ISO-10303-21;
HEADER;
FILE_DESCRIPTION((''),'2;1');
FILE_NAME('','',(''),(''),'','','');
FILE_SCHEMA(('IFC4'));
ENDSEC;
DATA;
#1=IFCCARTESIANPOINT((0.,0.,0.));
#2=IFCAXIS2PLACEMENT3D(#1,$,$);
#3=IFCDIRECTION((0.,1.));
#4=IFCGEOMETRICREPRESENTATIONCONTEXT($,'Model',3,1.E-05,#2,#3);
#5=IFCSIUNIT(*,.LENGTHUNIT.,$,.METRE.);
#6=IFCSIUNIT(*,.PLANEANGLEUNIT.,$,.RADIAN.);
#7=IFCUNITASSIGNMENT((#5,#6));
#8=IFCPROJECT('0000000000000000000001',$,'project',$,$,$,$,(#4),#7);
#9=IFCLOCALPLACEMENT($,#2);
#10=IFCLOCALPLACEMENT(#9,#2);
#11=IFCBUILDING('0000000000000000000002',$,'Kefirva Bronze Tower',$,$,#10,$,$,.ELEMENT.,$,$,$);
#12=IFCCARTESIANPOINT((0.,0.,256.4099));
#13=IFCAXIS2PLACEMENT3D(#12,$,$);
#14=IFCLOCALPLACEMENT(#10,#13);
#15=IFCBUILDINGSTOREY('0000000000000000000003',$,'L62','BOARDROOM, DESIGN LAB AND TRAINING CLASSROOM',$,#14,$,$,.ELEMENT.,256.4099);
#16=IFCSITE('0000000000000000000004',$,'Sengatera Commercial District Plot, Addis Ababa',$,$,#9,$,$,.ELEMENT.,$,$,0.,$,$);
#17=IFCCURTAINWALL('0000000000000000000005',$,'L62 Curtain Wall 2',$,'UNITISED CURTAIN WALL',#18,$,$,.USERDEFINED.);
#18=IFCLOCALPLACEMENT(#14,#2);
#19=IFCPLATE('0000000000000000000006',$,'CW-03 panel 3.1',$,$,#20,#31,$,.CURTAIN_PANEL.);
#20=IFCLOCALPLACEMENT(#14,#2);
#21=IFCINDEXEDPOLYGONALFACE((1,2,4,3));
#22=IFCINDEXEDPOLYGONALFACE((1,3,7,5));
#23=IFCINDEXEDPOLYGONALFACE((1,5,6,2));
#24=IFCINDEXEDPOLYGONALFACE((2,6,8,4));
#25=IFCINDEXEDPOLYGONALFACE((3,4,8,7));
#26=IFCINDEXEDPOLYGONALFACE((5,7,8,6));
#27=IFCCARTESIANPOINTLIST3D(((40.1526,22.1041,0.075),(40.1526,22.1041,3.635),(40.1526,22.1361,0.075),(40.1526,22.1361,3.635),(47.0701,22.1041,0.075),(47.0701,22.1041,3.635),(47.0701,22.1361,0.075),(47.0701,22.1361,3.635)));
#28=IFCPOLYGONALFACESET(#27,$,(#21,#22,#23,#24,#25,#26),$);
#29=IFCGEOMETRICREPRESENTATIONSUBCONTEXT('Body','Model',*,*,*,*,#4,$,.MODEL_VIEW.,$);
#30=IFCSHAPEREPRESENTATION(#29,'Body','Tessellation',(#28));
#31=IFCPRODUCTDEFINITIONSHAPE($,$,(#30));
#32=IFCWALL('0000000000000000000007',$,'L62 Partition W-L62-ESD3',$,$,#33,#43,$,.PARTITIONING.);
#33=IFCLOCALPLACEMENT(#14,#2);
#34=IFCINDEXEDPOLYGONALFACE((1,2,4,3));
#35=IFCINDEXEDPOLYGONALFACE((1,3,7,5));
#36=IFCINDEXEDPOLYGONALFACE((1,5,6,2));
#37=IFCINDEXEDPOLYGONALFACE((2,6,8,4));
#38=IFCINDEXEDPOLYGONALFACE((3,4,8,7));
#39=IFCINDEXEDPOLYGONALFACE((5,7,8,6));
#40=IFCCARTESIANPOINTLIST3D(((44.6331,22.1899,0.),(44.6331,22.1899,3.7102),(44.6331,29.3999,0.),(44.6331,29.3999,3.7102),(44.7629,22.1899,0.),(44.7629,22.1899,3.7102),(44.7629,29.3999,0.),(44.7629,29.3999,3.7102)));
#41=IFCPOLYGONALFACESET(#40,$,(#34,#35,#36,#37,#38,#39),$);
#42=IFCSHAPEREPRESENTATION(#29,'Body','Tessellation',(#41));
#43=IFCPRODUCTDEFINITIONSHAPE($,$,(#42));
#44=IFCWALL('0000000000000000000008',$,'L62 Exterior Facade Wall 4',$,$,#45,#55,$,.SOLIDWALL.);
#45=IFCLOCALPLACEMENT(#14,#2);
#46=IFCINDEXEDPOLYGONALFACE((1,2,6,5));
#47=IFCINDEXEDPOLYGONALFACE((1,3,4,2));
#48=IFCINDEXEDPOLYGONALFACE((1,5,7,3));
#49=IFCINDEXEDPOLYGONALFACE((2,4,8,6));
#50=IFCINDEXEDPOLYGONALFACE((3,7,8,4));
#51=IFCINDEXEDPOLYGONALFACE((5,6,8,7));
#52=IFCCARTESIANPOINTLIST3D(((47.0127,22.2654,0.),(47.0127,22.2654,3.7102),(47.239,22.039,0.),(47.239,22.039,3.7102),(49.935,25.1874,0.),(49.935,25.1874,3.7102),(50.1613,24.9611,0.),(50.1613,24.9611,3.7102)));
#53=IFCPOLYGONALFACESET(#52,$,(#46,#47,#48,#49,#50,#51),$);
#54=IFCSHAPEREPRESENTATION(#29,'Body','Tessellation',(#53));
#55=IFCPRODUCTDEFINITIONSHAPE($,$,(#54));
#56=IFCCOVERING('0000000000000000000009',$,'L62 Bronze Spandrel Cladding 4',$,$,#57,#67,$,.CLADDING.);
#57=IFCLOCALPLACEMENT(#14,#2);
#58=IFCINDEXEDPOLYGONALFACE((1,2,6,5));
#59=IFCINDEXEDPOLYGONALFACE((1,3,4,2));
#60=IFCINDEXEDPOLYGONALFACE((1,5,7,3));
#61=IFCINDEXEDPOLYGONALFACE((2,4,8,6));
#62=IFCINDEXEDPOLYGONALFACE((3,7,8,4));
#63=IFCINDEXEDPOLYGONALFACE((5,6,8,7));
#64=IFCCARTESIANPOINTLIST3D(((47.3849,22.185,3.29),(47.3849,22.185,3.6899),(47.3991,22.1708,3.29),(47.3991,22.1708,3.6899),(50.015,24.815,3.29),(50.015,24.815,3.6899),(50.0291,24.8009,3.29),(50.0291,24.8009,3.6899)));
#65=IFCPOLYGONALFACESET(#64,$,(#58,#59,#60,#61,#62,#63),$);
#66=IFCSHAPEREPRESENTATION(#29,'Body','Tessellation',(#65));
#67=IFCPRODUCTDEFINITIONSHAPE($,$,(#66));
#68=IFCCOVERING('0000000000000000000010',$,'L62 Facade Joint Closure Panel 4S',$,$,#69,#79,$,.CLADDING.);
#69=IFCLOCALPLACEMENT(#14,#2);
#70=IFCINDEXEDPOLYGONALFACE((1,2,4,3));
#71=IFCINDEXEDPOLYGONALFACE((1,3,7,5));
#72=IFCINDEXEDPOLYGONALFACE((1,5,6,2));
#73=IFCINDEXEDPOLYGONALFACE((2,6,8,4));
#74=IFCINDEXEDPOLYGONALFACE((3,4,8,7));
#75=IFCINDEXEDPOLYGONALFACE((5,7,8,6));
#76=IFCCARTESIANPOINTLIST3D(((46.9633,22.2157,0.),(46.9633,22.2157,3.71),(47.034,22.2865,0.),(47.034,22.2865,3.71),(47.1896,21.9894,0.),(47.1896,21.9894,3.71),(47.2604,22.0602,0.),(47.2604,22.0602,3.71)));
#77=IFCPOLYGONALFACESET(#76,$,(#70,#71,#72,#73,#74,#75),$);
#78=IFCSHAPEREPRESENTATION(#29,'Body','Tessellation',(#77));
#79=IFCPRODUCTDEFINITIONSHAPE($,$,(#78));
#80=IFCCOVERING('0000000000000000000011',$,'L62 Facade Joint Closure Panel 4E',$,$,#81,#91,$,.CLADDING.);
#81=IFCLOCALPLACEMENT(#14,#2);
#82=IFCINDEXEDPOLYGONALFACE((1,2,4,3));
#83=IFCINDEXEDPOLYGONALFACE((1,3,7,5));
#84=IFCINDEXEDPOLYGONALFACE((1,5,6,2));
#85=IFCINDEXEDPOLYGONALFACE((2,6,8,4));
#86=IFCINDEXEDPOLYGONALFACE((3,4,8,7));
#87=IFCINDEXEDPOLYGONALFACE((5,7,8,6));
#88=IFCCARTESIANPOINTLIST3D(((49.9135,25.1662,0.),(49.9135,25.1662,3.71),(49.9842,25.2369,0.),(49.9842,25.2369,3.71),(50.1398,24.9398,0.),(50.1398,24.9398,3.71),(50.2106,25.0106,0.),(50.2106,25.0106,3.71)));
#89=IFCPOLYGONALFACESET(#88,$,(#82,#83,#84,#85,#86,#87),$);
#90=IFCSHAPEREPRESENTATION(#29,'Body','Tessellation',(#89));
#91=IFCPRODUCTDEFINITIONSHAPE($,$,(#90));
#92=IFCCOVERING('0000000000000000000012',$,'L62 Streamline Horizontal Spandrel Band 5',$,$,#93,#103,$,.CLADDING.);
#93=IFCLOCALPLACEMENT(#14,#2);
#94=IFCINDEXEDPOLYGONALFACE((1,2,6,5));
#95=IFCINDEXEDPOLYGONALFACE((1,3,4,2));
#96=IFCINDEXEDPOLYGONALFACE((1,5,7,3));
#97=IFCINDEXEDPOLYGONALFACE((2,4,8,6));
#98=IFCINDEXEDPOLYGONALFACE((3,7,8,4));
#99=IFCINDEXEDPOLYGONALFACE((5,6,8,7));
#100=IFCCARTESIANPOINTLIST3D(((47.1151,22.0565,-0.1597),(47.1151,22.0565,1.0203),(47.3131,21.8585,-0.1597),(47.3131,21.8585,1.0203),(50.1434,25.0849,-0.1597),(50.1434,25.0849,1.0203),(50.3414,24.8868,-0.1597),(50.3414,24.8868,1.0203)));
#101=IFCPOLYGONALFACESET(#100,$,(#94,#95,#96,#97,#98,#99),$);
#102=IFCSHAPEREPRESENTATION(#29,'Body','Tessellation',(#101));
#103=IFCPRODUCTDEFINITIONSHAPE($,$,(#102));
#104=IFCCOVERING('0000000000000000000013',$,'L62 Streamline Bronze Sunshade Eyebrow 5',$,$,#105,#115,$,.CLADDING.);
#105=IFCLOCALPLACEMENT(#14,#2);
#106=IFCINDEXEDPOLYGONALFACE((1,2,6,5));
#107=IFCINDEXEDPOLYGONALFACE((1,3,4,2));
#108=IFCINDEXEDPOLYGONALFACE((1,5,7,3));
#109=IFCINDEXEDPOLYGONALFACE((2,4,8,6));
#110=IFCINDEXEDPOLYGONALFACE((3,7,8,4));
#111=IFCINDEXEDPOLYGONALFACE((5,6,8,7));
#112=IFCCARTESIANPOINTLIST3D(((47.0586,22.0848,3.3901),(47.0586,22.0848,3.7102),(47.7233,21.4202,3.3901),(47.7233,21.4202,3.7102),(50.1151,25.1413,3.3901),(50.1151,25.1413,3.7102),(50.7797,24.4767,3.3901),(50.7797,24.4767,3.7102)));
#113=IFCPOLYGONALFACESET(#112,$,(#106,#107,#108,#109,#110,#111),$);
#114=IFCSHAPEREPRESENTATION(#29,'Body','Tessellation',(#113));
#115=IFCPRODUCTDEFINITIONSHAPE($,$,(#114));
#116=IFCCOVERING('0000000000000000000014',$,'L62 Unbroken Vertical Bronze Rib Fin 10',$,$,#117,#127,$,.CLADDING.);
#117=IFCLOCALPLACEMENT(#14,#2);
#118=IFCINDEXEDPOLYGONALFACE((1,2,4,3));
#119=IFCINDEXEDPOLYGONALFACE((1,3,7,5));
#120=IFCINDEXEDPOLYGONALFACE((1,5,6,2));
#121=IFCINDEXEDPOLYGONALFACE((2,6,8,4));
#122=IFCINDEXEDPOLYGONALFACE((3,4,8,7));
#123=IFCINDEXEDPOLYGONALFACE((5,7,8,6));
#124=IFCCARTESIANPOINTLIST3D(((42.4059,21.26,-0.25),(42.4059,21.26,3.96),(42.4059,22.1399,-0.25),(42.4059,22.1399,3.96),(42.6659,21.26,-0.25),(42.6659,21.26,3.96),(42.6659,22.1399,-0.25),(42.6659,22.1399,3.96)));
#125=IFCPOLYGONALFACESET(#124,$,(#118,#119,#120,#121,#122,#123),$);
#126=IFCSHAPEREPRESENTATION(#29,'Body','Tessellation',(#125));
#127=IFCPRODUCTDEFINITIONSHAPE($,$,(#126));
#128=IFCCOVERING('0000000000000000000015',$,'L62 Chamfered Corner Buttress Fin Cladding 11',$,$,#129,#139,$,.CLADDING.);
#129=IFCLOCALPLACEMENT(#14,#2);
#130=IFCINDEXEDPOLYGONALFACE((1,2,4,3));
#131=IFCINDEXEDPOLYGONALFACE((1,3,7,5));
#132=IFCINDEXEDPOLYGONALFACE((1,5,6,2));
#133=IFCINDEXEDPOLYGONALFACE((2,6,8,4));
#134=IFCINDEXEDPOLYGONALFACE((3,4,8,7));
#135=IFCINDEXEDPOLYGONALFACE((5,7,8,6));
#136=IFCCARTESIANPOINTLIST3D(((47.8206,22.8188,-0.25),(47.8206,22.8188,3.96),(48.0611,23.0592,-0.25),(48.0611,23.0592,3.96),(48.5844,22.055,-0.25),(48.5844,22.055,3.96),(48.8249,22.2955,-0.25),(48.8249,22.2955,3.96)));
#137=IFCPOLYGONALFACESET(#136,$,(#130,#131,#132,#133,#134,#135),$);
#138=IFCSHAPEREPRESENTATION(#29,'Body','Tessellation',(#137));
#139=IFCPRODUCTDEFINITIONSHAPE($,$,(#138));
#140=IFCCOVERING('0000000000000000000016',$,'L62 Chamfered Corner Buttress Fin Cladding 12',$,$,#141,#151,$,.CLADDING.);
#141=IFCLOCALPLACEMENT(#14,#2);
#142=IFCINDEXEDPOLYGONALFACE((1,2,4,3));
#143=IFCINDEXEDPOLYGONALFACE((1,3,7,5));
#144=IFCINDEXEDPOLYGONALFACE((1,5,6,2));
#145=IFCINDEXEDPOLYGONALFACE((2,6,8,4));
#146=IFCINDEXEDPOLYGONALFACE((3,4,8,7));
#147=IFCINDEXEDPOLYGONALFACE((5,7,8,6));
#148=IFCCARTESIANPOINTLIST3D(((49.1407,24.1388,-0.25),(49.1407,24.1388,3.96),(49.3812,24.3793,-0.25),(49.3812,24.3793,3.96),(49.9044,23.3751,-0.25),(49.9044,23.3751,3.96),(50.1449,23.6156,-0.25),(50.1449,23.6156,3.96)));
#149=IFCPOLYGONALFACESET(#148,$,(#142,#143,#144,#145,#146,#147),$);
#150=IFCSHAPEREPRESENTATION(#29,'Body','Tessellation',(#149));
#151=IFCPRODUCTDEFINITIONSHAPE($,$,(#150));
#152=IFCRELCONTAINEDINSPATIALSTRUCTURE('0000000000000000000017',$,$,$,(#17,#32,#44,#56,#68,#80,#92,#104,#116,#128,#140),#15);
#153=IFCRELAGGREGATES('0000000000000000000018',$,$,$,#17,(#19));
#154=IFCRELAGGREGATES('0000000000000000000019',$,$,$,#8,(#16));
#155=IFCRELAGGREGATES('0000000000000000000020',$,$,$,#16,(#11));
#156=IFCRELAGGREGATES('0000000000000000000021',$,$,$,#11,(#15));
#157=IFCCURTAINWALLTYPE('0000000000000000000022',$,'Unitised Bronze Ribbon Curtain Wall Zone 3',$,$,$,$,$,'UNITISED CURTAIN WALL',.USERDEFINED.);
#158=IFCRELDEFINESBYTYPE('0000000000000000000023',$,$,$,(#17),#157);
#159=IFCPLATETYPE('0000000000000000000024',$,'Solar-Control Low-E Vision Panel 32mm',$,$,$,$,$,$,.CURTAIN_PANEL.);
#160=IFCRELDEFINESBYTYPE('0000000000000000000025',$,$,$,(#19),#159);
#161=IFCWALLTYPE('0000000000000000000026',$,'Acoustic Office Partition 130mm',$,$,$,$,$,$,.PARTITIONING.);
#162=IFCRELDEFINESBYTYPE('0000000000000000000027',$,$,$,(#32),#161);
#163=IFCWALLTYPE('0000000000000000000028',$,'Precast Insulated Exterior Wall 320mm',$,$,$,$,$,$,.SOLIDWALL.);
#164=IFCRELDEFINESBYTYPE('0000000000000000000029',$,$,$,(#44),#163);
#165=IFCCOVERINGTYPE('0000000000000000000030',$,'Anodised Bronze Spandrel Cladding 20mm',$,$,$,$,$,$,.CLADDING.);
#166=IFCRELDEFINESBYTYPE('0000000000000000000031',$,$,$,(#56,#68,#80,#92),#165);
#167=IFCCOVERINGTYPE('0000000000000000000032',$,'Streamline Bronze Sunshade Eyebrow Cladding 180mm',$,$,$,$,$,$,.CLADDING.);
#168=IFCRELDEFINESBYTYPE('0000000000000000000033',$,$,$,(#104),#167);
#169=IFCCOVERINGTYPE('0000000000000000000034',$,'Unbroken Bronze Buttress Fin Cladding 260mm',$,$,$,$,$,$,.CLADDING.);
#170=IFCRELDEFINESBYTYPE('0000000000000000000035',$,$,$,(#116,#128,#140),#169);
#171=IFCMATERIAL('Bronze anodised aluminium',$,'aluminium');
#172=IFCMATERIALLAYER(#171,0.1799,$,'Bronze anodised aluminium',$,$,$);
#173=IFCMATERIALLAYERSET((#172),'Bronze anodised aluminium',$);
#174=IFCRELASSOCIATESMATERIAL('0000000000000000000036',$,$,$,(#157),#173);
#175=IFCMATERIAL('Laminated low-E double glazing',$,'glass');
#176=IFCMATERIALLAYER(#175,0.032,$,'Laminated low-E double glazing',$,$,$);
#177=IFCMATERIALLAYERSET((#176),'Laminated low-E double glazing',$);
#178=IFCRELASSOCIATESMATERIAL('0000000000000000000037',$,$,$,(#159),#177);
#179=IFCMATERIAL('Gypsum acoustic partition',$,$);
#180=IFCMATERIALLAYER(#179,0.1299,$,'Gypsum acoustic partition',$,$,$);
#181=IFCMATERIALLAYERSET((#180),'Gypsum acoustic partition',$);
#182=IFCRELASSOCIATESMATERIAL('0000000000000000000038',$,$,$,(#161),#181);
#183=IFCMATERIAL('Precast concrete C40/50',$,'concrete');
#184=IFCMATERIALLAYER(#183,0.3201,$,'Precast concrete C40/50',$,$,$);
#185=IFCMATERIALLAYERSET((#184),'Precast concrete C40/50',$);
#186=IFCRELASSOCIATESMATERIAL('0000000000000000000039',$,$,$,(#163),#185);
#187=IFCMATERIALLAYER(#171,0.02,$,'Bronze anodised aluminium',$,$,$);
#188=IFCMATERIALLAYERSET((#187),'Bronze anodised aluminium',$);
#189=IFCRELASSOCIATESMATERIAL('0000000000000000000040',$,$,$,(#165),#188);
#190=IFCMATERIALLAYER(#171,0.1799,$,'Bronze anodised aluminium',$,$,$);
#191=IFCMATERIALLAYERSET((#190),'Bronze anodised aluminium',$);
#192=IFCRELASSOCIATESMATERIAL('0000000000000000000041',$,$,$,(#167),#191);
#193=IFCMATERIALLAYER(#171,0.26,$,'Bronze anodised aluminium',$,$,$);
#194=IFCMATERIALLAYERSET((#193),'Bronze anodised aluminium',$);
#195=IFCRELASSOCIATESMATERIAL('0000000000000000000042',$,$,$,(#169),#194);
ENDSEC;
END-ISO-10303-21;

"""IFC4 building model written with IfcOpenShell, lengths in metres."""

from ifc_helpers import new_model, si_unit, direction, frame, frame_2d, origin, origin_2d, place, context, subcontext, project, spatial, rectangle, extrude, material, layer, layer_set, type_object, element, aggregate, save


model = new_model("IFC4")

# Units and contexts
model_context = context("Model", 3, precision=1e-05, world=origin(), true_north=direction((0.0, 1.0)))
body_context = subcontext(model_context, "Body", "Model", "MODEL_VIEW")
ifc_project = project(units=[si_unit("LENGTHUNIT", "METRE"), si_unit("PLANEANGLEUNIT", "RADIAN")], contexts=[model_context])

# Site, building, storey
site_placement = place(None, origin())
site = spatial("IfcSite", under=ifc_project, at=site_placement, Name="Sengatera Commercial District Plot, Addis Ababa", CompositionType="ELEMENT", RefElevation=0.0)
building_placement = place(site_placement, origin())
building = spatial("IfcBuilding", under=site, at=building_placement, Name="Kefirva Bronze Tower", CompositionType="ELEMENT")
storey_placement = place(building_placement, frame((0.0, 0.0, 256.4099)))
storey = spatial("IfcBuildingStorey", under=building, at=storey_placement, Name="L62", Description="BOARDROOM, DESIGN LAB AND TRAINING CLASSROOM", CompositionType="ELEMENT", Elevation=256.4099)

# Curtain wall
ifc_material_1 = material(Name="Bronze anodised aluminium", Category="aluminium")
ifc_layer_1 = layer(ifc_material_1, 0.1799, Name="Bronze anodised aluminium")
ifc_layer_set_1 = layer_set([ifc_layer_1], Name="Bronze anodised aluminium")
curtain_wall_type = type_object("IfcCurtainWallType", Name="Unitised Bronze Ribbon Curtain Wall Zone 3", ElementType="UNITISED CURTAIN WALL", PredefinedType="USERDEFINED", material=ifc_layer_set_1)
curtain_wall_1_placement = place(storey_placement, origin())
curtain_wall_1 = element("IfcCurtainWall", 1, at=curtain_wall_1_placement, inside=storey, type_object=curtain_wall_type, Name="L62 Curtain Wall 2", ObjectType="UNITISED CURTAIN WALL", PredefinedType="USERDEFINED")

# Plate
ifc_material_2 = material(Name="Laminated low-E double glazing", Category="glass")
ifc_layer_2 = layer(ifc_material_2, 0.032, Name="Laminated low-E double glazing")
ifc_layer_set_2 = layer_set([ifc_layer_2], Name="Laminated low-E double glazing")
plate_type = type_object("IfcPlateType", Name="Solar-Control Low-E Vision Panel 32mm", PredefinedType="CURTAIN_PANEL", material=ifc_layer_set_2)
plate_placement = place(storey_placement, frame((43.6113, 22.1201, 0.075), z_axis=(0.0, 0.0, 1.0), x_axis=(1.0, 0.0, 0.0)))
plate = element("IfcPlate", 2, at=plate_placement, type_object=plate_type, Name="CW-03 panel 3.1", PredefinedType="CURTAIN_PANEL", context=body_context, shape_type="SweptSolid", body=[
    extrude(rectangle(XDim=6.9175, YDim=0.032, at=origin_2d()), origin(), (0.0, 0.0, 1.0), 3.5601),
])
aggregate(curtain_wall_1, [plate])

# Walls
ifc_material_3 = material(Name="Gypsum acoustic partition")
ifc_layer_3 = layer(ifc_material_3, 0.1299, Name="Gypsum acoustic partition")
ifc_layer_set_3 = layer_set([ifc_layer_3], Name="Gypsum acoustic partition")
wall_type_1 = type_object("IfcWallType", Name="Acoustic Office Partition 130mm", PredefinedType="PARTITIONING", material=ifc_layer_set_3)
wall_1_placement = place(storey_placement, frame((44.698, 22.1899, 0.0), z_axis=(0.0, 0.0, 1.0), x_axis=(0.0, 1.0, 0.0)))
element("IfcWall", 3, at=wall_1_placement, inside=storey, type_object=wall_type_1, Name="L62 Partition W-L62-ESD3", PredefinedType="PARTITIONING", context=body_context, shape_type="SweptSolid", body=[
    extrude(rectangle(XDim=7.21, YDim=0.1299, at=frame_2d((3.605, 0.0))), origin(), (0.0, 0.0, 1.0), 3.7102),
])
ifc_material_4 = material(Name="Precast concrete C40/50", Category="concrete")
ifc_layer_4 = layer(ifc_material_4, 0.3201, Name="Precast concrete C40/50")
ifc_layer_set_4 = layer_set([ifc_layer_4], Name="Precast concrete C40/50")
wall_type_2 = type_object("IfcWallType", Name="Precast Insulated Exterior Wall 320mm", PredefinedType="SOLIDWALL", material=ifc_layer_set_4)
wall_2_placement = place(storey_placement, frame((47.1257, 22.1521, 0.0), z_axis=(0.0, 0.0, 1.0), x_axis=(0.707136, 0.707077, 0.0)))
element("IfcWall", 4, at=wall_2_placement, inside=storey, type_object=wall_type_2, Name="L62 Exterior Facade Wall 4", PredefinedType="SOLIDWALL", context=body_context, shape_type="SweptSolid", body=[
    extrude(rectangle(XDim=4.1326, YDim=0.3201, at=frame_2d((2.0664, 0.0))), origin(), (0.0, 0.0, 1.0), 3.7102),
])

# Coverings
ifc_layer_5 = layer(ifc_material_1, 0.02, Name="Bronze anodised aluminium")
ifc_layer_set_5 = layer_set([ifc_layer_5], Name="Bronze anodised aluminium")
covering_type_1 = type_object("IfcCoveringType", Name="Anodised Bronze Spandrel Cladding 20mm", PredefinedType="CLADDING", material=ifc_layer_set_5)
covering_1_placement = place(storey_placement, frame((48.707, 23.4929, 3.29), z_axis=(0.0, 0.0, 1.0), x_axis=(0.707107, 0.707107, 0.0)))
element("IfcCovering", 5, at=covering_1_placement, inside=storey, type_object=covering_type_1, Name="L62 Bronze Spandrel Cladding 4", PredefinedType="CLADDING", context=body_context, shape_type="SweptSolid", body=[
    extrude(rectangle(XDim=3.7195, YDim=0.02, at=origin_2d()), origin(), (0.0, 0.0, 1.0), 0.3999),
])
for number, where, z_axis, x_axis, name in (
    (6, (47.1118, 22.1379, 0.0), (0.0, 0.0, 1.0), (0.707107, 0.707107, 0.0), "L62 Facade Joint Closure Panel 4S"),
    (7, (50.062, 25.0884, 0.0), (0.0, 0.0, 1.0), (0.707107, 0.707107, 0.0), "L62 Facade Joint Closure Panel 4E"),
):
    element("IfcCovering", number, at=place(storey_placement, frame(where, z_axis=z_axis, x_axis=x_axis)), inside=storey, type_object=covering_type_1, Name=name, PredefinedType="CLADDING", context=body_context, shape_type="SweptSolid", body=[
        extrude(rectangle(XDim=0.1001, YDim=0.3201, at=origin_2d()), origin(), (0.0, 0.0, 1.0), 3.71),
    ])
covering_2_placement = place(storey_placement, frame((48.7283, 23.4717, -0.1597), z_axis=(0.0, 0.0, 1.0), x_axis=(0.707107, 0.707107, 0.0)))
element("IfcCovering", 8, at=covering_2_placement, inside=storey, type_object=covering_type_1, Name="L62 Streamline Horizontal Spandrel Band 5", PredefinedType="CLADDING", context=body_context, shape_type="SweptSolid", body=[
    extrude(rectangle(XDim=4.2827, YDim=0.28, at=origin_2d()), origin(), (0.0, 0.0, 1.0), 1.1799),
])
ifc_layer_6 = layer(ifc_material_1, 0.1799, Name="Bronze anodised aluminium")
ifc_layer_set_6 = layer_set([ifc_layer_6], Name="Bronze anodised aluminium")
covering_type_2 = type_object("IfcCoveringType", Name="Streamline Bronze Sunshade Eyebrow Cladding 180mm", PredefinedType="CLADDING", material=ifc_layer_set_6)
covering_3_placement = place(storey_placement, frame((48.9192, 23.2808, 3.3901), z_axis=(0.0, 0.0, 1.0), x_axis=(0.707107, 0.707107, 0.0)))
element("IfcCovering", 9, at=covering_3_placement, inside=storey, type_object=covering_type_2, Name="L62 Streamline Bronze Sunshade Eyebrow 5", PredefinedType="CLADDING", context=body_context, shape_type="SweptSolid", body=[
    extrude(rectangle(XDim=4.3225, YDim=0.9399, at=origin_2d()), origin(), (0.0, 0.0, 1.0), 0.3201),
])
ifc_layer_7 = layer(ifc_material_1, 0.26, Name="Bronze anodised aluminium")
ifc_layer_set_7 = layer_set([ifc_layer_7], Name="Bronze anodised aluminium")
covering_type_3 = type_object("IfcCoveringType", Name="Unbroken Bronze Buttress Fin Cladding 260mm", PredefinedType="CLADDING", material=ifc_layer_set_7)
covering_4_placement = place(storey_placement, frame((42.5359, 21.7, -0.25), z_axis=(0.0, 0.0, 1.0), x_axis=(1.0, 0.0, 0.0)))
element("IfcCovering", 10, at=covering_4_placement, inside=storey, type_object=covering_type_3, Name="L62 Unbroken Vertical Bronze Rib Fin 10", PredefinedType="CLADDING", context=body_context, shape_type="SweptSolid", body=[
    extrude(rectangle(XDim=0.26, YDim=0.8799, at=origin_2d()), origin(), (0.0, 0.0, 1.0), 4.21),
])
for number, where, z_axis, x_axis, name in (
    (11, (48.3228, 22.5571, -0.25), (0.0, 0.0, 1.0), (0.707107, 0.707107, 0.0), "L62 Chamfered Corner Buttress Fin Cladding 11"),
    (12, (49.6428, 23.8772, -0.25), (0.0, 0.0, 1.0), (0.707107, 0.707107, 0.0), "L62 Chamfered Corner Buttress Fin Cladding 12"),
):
    element("IfcCovering", number, at=place(storey_placement, frame(where, z_axis=z_axis, x_axis=x_axis)), inside=storey, type_object=covering_type_3, Name=name, PredefinedType="CLADDING", context=body_context, shape_type="SweptSolid", body=[
        extrude(rectangle(XDim=0.3401, YDim=1.0801, at=origin_2d()), origin(), (0.0, 0.0, 1.0), 4.21),
    ])

save(model, "model.ifc")
